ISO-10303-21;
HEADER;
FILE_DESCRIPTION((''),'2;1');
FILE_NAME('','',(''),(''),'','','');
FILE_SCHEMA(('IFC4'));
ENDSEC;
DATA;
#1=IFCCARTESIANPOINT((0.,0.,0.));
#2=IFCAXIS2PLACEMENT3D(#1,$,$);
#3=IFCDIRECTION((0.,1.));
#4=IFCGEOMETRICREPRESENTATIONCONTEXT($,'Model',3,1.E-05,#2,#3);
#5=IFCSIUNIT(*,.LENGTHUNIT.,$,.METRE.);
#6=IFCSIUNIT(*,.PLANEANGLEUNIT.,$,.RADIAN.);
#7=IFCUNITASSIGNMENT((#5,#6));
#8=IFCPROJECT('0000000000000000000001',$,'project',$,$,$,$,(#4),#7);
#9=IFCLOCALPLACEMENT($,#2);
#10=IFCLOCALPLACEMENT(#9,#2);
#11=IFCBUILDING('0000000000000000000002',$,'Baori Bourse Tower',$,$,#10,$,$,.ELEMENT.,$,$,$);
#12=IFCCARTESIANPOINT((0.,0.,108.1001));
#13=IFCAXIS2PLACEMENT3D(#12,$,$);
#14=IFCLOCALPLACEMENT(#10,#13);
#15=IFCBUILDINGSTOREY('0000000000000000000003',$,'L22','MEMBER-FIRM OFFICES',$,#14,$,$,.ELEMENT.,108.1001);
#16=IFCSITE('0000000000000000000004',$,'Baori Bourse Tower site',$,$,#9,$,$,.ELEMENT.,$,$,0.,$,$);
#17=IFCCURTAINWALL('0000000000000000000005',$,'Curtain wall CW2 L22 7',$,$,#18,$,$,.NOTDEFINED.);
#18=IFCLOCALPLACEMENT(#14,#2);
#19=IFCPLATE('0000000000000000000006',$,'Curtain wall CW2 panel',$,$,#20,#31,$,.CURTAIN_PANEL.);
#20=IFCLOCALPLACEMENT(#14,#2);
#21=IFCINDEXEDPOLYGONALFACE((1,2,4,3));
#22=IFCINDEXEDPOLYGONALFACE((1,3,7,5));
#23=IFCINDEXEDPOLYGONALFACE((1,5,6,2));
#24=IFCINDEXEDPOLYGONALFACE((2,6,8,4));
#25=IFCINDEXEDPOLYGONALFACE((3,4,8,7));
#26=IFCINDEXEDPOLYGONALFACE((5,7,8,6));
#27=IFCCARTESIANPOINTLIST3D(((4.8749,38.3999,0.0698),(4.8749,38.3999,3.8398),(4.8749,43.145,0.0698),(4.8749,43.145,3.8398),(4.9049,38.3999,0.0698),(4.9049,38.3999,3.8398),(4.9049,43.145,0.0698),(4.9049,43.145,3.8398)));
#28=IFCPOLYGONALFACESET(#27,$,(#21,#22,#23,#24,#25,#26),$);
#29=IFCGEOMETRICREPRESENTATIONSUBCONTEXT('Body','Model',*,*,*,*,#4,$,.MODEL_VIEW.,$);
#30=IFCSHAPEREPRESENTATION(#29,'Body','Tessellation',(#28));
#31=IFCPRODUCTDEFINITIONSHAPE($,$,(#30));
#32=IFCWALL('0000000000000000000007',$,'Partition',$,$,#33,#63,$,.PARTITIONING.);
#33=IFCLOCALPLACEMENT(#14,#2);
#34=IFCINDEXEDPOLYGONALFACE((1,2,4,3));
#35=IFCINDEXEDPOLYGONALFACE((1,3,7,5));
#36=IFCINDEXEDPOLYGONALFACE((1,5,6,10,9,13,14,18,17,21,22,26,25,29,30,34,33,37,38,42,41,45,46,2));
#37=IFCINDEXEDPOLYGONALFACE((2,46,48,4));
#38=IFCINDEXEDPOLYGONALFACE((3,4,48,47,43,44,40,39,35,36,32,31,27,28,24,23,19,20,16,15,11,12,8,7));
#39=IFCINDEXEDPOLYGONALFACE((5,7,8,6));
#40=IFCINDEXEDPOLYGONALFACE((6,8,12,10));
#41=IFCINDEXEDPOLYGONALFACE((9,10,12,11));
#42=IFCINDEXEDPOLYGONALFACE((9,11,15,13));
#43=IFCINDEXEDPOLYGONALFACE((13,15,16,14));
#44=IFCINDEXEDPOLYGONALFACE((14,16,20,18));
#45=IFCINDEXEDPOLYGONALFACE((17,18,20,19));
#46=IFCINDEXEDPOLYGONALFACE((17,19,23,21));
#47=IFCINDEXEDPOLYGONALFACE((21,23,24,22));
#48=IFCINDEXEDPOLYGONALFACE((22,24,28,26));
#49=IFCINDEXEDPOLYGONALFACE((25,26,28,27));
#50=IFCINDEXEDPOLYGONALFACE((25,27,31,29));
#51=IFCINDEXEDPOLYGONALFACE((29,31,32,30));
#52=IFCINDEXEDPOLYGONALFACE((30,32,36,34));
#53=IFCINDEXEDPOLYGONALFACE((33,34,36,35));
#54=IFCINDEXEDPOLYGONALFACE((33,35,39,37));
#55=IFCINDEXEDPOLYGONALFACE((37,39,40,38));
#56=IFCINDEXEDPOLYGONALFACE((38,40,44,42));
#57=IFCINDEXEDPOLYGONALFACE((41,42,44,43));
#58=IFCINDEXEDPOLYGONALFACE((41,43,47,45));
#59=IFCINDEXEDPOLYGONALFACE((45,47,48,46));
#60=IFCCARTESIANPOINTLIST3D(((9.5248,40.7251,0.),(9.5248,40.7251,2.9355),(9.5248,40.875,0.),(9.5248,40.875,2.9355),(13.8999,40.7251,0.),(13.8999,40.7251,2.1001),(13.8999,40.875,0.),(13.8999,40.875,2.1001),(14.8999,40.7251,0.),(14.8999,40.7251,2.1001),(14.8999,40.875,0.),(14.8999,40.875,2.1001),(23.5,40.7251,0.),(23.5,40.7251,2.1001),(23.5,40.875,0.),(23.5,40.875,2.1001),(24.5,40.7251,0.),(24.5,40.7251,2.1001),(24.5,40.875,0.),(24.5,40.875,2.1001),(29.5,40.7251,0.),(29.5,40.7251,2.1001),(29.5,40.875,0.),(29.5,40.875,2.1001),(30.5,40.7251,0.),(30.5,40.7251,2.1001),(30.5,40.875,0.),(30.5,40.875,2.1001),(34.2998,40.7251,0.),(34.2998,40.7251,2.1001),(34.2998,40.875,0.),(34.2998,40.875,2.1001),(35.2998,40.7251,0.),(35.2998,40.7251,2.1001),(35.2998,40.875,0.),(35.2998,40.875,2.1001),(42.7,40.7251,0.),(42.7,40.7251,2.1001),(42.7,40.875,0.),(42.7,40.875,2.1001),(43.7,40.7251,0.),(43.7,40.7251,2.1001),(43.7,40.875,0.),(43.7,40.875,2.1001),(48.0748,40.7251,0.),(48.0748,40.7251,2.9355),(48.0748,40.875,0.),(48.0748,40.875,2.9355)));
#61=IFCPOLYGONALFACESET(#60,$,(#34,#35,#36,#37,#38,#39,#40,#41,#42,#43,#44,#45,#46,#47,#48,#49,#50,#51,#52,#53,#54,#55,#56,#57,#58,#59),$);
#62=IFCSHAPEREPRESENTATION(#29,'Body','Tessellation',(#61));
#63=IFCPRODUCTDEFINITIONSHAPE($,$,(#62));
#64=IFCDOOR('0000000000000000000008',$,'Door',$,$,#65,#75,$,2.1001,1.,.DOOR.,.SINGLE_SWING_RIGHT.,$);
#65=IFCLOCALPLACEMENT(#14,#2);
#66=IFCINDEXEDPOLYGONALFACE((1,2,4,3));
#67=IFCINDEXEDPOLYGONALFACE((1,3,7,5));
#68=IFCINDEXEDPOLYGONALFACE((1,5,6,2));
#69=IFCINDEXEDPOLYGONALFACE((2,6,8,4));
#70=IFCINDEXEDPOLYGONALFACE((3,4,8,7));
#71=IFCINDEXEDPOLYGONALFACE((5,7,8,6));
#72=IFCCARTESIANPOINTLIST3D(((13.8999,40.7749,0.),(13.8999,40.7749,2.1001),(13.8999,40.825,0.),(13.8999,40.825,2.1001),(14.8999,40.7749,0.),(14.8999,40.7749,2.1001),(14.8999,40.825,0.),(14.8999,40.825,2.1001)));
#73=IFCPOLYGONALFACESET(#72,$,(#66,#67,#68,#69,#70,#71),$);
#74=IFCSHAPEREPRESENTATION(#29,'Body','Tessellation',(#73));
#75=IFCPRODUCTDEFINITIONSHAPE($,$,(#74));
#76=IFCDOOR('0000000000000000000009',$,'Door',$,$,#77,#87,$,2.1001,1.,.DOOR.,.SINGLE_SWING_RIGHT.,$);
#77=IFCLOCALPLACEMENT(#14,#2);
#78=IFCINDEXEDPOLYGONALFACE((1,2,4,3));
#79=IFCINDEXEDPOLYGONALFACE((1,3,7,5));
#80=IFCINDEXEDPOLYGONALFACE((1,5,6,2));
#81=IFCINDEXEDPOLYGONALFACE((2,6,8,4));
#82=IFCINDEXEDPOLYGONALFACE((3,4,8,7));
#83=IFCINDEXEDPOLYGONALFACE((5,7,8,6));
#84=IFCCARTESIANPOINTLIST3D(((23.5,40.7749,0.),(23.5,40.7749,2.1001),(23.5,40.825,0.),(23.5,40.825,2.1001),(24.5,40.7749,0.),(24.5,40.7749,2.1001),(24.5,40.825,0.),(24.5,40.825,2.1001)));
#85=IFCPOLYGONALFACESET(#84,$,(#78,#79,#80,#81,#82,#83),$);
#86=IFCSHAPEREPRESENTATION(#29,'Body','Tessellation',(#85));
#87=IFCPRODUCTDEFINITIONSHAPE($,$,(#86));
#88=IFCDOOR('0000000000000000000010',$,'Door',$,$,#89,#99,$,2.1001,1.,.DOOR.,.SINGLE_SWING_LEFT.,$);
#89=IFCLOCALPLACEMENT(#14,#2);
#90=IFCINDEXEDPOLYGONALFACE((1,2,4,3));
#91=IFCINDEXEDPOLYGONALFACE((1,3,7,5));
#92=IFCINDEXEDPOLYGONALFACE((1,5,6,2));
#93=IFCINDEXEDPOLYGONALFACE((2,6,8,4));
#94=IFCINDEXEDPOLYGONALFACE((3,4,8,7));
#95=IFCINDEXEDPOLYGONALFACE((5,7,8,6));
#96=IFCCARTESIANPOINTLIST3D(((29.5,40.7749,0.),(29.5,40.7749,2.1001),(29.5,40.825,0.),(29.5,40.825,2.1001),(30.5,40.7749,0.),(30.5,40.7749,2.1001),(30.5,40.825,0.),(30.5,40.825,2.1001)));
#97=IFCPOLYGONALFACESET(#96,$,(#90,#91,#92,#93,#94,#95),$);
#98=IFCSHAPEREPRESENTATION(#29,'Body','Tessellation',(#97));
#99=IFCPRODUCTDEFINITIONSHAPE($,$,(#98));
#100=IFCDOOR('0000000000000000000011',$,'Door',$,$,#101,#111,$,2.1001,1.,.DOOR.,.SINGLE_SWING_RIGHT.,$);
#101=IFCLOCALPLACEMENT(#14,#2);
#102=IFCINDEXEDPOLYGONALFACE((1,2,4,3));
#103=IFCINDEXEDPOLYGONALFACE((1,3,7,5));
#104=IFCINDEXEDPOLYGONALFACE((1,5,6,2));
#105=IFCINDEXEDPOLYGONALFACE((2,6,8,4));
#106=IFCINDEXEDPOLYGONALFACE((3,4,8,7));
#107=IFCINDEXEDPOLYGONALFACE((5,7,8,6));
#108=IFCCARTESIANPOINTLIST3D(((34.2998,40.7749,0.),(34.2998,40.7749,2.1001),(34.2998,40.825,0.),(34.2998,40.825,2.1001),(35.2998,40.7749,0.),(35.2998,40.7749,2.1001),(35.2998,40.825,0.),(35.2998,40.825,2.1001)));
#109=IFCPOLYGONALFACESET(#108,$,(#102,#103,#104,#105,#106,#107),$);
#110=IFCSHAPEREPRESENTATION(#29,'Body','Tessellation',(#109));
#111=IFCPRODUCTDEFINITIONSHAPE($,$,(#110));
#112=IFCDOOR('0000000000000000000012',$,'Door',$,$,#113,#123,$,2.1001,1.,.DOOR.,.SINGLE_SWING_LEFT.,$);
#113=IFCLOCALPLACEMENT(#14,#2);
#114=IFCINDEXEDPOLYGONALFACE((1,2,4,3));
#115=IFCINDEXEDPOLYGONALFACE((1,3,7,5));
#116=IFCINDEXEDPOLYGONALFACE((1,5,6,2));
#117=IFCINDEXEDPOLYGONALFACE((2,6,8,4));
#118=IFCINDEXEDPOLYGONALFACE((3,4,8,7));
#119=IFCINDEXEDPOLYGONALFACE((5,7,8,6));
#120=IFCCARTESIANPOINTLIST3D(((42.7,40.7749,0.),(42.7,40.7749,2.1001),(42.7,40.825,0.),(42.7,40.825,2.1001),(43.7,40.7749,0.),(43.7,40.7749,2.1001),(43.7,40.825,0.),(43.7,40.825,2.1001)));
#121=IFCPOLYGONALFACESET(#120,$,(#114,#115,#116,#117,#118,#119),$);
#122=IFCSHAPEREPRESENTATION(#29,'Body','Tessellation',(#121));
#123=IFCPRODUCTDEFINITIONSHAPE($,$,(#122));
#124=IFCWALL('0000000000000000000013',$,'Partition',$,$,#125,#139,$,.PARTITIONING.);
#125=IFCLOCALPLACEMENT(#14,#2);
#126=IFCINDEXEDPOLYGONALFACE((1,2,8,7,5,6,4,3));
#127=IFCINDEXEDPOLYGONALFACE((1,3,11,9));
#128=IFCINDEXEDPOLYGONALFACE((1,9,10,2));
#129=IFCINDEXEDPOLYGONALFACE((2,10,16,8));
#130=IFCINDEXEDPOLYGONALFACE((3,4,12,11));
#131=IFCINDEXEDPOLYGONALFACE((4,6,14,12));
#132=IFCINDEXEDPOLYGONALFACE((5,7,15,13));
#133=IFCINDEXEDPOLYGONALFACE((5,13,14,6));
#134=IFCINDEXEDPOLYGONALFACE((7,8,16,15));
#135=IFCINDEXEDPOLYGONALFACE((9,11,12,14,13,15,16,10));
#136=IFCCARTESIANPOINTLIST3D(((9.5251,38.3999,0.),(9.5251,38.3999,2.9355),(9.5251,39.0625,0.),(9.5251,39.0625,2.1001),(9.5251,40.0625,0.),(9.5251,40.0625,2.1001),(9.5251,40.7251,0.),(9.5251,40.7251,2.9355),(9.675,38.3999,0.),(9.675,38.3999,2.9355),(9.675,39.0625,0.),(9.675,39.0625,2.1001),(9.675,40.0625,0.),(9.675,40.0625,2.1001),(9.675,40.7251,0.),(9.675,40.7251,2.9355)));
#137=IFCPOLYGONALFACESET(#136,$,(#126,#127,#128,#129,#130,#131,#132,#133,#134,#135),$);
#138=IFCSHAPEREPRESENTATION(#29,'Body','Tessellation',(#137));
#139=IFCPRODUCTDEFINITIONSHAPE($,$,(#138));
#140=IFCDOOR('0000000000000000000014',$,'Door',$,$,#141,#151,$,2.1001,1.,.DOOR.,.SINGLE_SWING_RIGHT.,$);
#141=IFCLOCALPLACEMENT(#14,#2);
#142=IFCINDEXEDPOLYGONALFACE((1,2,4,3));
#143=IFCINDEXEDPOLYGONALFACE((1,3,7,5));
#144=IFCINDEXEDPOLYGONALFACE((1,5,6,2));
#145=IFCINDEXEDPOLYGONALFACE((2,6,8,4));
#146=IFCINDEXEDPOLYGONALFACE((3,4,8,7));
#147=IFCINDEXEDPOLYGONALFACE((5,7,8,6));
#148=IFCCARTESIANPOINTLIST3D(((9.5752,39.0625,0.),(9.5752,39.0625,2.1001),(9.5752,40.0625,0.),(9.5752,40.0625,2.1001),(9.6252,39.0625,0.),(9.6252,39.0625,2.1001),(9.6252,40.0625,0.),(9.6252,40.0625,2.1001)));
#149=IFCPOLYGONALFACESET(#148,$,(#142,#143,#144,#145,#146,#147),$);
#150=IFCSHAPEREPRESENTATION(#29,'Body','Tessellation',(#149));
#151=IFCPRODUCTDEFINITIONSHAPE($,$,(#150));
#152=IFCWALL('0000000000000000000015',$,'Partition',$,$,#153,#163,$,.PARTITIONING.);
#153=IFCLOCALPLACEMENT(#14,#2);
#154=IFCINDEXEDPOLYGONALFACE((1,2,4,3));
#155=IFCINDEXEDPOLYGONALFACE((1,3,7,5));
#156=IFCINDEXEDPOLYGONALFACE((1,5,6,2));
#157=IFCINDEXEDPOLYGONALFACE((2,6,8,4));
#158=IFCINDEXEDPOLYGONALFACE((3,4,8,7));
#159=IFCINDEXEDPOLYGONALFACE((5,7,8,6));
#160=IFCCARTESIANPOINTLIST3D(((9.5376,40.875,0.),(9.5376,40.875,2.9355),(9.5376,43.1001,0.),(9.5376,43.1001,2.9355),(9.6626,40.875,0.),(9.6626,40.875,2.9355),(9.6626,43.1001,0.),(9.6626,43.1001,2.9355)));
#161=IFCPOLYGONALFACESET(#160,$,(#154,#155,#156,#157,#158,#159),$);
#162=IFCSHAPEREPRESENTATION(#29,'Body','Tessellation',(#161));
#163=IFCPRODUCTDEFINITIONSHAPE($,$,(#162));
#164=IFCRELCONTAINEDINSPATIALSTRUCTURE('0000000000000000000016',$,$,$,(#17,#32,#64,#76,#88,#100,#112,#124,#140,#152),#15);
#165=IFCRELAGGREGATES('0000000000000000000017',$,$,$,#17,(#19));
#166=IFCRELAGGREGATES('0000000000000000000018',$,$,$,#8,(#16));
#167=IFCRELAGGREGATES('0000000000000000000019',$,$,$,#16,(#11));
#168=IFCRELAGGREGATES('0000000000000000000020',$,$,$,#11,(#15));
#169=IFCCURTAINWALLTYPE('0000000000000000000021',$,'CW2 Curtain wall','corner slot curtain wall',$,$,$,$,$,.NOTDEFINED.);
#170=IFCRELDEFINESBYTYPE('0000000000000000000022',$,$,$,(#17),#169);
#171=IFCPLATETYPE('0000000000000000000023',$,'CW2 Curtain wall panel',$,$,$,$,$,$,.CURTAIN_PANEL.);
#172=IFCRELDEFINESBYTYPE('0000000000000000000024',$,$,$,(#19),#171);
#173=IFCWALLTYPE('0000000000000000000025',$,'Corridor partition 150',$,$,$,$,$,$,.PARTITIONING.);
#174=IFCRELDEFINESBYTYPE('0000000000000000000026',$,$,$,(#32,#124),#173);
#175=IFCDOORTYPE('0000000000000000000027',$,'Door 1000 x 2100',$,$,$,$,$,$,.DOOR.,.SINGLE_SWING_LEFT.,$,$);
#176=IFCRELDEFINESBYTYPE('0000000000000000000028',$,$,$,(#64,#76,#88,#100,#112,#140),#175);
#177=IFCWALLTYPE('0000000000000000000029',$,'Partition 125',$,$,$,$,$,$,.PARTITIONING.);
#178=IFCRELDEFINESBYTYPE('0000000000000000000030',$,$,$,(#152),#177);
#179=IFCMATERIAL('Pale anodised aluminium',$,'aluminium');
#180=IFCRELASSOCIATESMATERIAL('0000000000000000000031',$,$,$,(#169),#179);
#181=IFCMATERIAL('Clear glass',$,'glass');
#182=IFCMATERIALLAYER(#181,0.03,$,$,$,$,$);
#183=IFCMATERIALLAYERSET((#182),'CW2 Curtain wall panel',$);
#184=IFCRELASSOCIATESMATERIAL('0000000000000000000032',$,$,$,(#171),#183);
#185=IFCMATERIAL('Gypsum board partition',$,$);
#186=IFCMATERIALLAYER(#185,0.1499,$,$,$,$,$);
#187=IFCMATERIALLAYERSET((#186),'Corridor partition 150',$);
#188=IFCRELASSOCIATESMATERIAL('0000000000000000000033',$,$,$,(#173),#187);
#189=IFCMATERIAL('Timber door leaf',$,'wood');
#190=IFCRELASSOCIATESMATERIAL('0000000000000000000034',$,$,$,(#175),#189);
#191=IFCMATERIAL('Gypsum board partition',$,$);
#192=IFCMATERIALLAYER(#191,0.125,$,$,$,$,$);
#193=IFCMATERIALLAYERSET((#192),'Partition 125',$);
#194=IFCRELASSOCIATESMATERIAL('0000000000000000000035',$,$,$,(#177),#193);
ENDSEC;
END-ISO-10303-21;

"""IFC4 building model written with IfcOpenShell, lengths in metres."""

from ifc_helpers import new_model, si_unit, direction, frame, frame_2d, origin, origin_2d, place, context, subcontext, project, spatial, rectangle, extrude, material, layer, layer_set, type_object, element, fill, aggregate, save


model = new_model("IFC4")

# Units and contexts
model_context = context("Model", 3, precision=1e-05, world=origin(), true_north=direction((0.0, 1.0)))
body_context = subcontext(model_context, "Body", "Model", "MODEL_VIEW")
ifc_project = project(units=[si_unit("LENGTHUNIT", "METRE"), si_unit("PLANEANGLEUNIT", "RADIAN")], contexts=[model_context])

# Site, building, storey
site_placement = place(None, origin())
site = spatial("IfcSite", under=ifc_project, at=site_placement, Name="Baori Bourse Tower site", CompositionType="ELEMENT", RefElevation=0.0)
building_placement = place(site_placement, origin())
building = spatial("IfcBuilding", under=site, at=building_placement, Name="Baori Bourse Tower", CompositionType="ELEMENT")
storey_placement = place(building_placement, frame((0.0, 0.0, 108.1001)))
storey = spatial("IfcBuildingStorey", under=building, at=storey_placement, Name="L22", Description="MEMBER-FIRM OFFICES", CompositionType="ELEMENT", Elevation=108.1001)

# Curtain wall
ifc_material_1 = material(Name="Pale anodised aluminium", Category="aluminium")
curtain_wall_type = type_object("IfcCurtainWallType", Name="CW2 Curtain wall", Description="corner slot curtain wall", PredefinedType="NOTDEFINED", material=ifc_material_1)
curtain_wall_1_placement = place(storey_placement, origin())
curtain_wall_1 = element("IfcCurtainWall", 1, at=curtain_wall_1_placement, inside=storey, type_object=curtain_wall_type, Name="Curtain wall CW2 L22 7", PredefinedType="NOTDEFINED")

# Plate
ifc_material_2 = material(Name="Clear glass", Category="glass")
ifc_layer_1 = layer(ifc_material_2, 0.03)
ifc_layer_set_1 = layer_set([ifc_layer_1], Name="CW2 Curtain wall panel")
plate_type = type_object("IfcPlateType", Name="CW2 Curtain wall panel", PredefinedType="CURTAIN_PANEL", material=ifc_layer_set_1)
plate_1_placement = place(storey_placement, frame((4.8899, 40.7725, 0.0698), z_axis=(0.0, 0.0, 1.0), x_axis=(0.0, -1.0, 0.0)))
plate_1 = element("IfcPlate", 2, at=plate_1_placement, type_object=plate_type, Name="Curtain wall CW2 panel", PredefinedType="CURTAIN_PANEL", context=body_context, shape_type="SweptSolid", body=[
    extrude(rectangle(XDim=4.7451, YDim=0.03, at=origin_2d()), origin(), (0.0, 0.0, 1.0), 3.77),
])
aggregate(curtain_wall_1, [plate_1])

# Wall, openings, doors
ifc_material_3 = material(Name="Gypsum board partition")
ifc_layer_2 = layer(ifc_material_3, 0.1499)
ifc_layer_set_2 = layer_set([ifc_layer_2], Name="Corridor partition 150")
wall_type_1 = type_object("IfcWallType", Name="Corridor partition 150", PredefinedType="PARTITIONING", material=ifc_layer_set_2)
wall_1_placement = place(storey_placement, frame((9.5249, 40.8, 0.0), z_axis=(0.0, 0.0, 1.0), x_axis=(1.0, 0.0, 0.0)))
wall_1 = element("IfcWall", 3, at=wall_1_placement, inside=storey, type_object=wall_type_1, Name="Partition", PredefinedType="PARTITIONING", context=body_context, shape_type="SweptSolid", body=[
    extrude(rectangle(XDim=38.55, YDim=0.1499, at=frame_2d((19.2749, 0.0))), origin(), (0.0, 0.0, 1.0), 2.9355),
])
opening_1_placement = place(wall_1_placement, frame((4.375, 0.0, 0.0)))
opening_1 = element("IfcOpeningElement", 4, at=opening_1_placement, cuts=wall_1, PredefinedType="OPENING", context=body_context, shape_type="SweptSolid", body=[
    extrude(rectangle(XDim=1.0, YDim=2.1001, at=frame_2d((0.5, 1.05))), frame((0.0, 0.085, 0.0), z_axis=(0.0, -1.0, 0.0), x_axis=(1.0, 0.0, 0.0)), (0.0, 0.0, 1.0), 0.1699),
])
opening_2_placement = place(wall_1_placement, frame((13.9751, 0.0, 0.0)))
opening_2 = element("IfcOpeningElement", 5, at=opening_2_placement, cuts=wall_1, PredefinedType="OPENING", context=body_context, shape_type="SweptSolid", body=[
    extrude(rectangle(XDim=1.0, YDim=2.1001, at=frame_2d((0.5, 1.05))), frame((0.0, 0.085, 0.0), z_axis=(0.0, -1.0, 0.0), x_axis=(1.0, 0.0, 0.0)), (0.0, 0.0, 1.0), 0.1699),
])
opening_3_placement = place(wall_1_placement, frame((19.9751, 0.0, 0.0)))
opening_3 = element("IfcOpeningElement", 6, at=opening_3_placement, cuts=wall_1, PredefinedType="OPENING", context=body_context, shape_type="SweptSolid", body=[
    extrude(rectangle(XDim=1.0, YDim=2.1001, at=frame_2d((0.5, 1.05))), frame((0.0, 0.085, 0.0), z_axis=(0.0, -1.0, 0.0), x_axis=(1.0, 0.0, 0.0)), (0.0, 0.0, 1.0), 0.1699),
])
opening_4_placement = place(wall_1_placement, frame((24.7749, 0.0, 0.0)))
opening_4 = element("IfcOpeningElement", 7, at=opening_4_placement, cuts=wall_1, PredefinedType="OPENING", context=body_context, shape_type="SweptSolid", body=[
    extrude(rectangle(XDim=1.0, YDim=2.1001, at=frame_2d((0.5, 1.05))), frame((0.0, 0.085, 0.0), z_axis=(0.0, -1.0, 0.0), x_axis=(1.0, 0.0, 0.0)), (0.0, 0.0, 1.0), 0.1699),
])
opening_5_placement = place(wall_1_placement, frame((33.175, 0.0, 0.0)))
opening_5 = element("IfcOpeningElement", 8, at=opening_5_placement, cuts=wall_1, PredefinedType="OPENING", context=body_context, shape_type="SweptSolid", body=[
    extrude(rectangle(XDim=1.0, YDim=2.1001, at=frame_2d((0.5, 1.05))), frame((0.0, 0.085, 0.0), z_axis=(0.0, -1.0, 0.0), x_axis=(1.0, 0.0, 0.0)), (0.0, 0.0, 1.0), 0.1699),
])
ifc_material_4 = material(Name="Timber door leaf", Category="wood")
door_type = type_object("IfcDoorType", Name="Door 1000 x 2100", OperationType="SINGLE_SWING_LEFT", PredefinedType="DOOR", material=ifc_material_4)
door_1_placement = place(opening_1_placement, origin())
door_1 = element("IfcDoor", 9, at=door_1_placement, inside=storey, type_object=door_type, Name="Door", OperationType="SINGLE_SWING_RIGHT", OverallHeight=2.1001, OverallWidth=1.0, PredefinedType="DOOR", context=body_context, shape_type="SweptSolid", body=[
    extrude(rectangle(XDim=1.0, YDim=2.1001, at=frame_2d((0.5, 1.05))), frame((0.0, 0.0249, 0.0), z_axis=(0.0, -1.0, 0.0), x_axis=(1.0, 0.0, 0.0)), (0.0, 0.0, 1.0), 0.05),
])
fill(opening_1, door_1)
door_2_placement = place(opening_2_placement, origin())
door_2 = element("IfcDoor", 10, at=door_2_placement, inside=storey, type_object=door_type, Name="Door", OperationType="SINGLE_SWING_RIGHT", OverallHeight=2.1001, OverallWidth=1.0, PredefinedType="DOOR", context=body_context, shape_type="SweptSolid", body=[
    extrude(rectangle(XDim=1.0, YDim=2.1001, at=frame_2d((0.5, 1.05))), frame((0.0, 0.0249, 0.0), z_axis=(0.0, -1.0, 0.0), x_axis=(1.0, 0.0, 0.0)), (0.0, 0.0, 1.0), 0.05),
])
fill(opening_2, door_2)
door_3_placement = place(opening_3_placement, origin())
door_3 = element("IfcDoor", 11, at=door_3_placement, inside=storey, type_object=door_type, Name="Door", OperationType="SINGLE_SWING_LEFT", OverallHeight=2.1001, OverallWidth=1.0, PredefinedType="DOOR", context=body_context, shape_type="SweptSolid", body=[
    extrude(rectangle(XDim=1.0, YDim=2.1001, at=frame_2d((0.5, 1.05))), frame((0.0, 0.0249, 0.0), z_axis=(0.0, -1.0, 0.0), x_axis=(1.0, 0.0, 0.0)), (0.0, 0.0, 1.0), 0.05),
])
fill(opening_3, door_3)
door_4_placement = place(opening_4_placement, origin())
door_4 = element("IfcDoor", 12, at=door_4_placement, inside=storey, type_object=door_type, Name="Door", OperationType="SINGLE_SWING_RIGHT", OverallHeight=2.1001, OverallWidth=1.0, PredefinedType="DOOR", context=body_context, shape_type="SweptSolid", body=[
    extrude(rectangle(XDim=1.0, YDim=2.1001, at=frame_2d((0.5, 1.05))), frame((0.0, 0.0249, 0.0), z_axis=(0.0, -1.0, 0.0), x_axis=(1.0, 0.0, 0.0)), (0.0, 0.0, 1.0), 0.05),
])
fill(opening_4, door_4)
door_5_placement = place(opening_5_placement, origin())
door_5 = element("IfcDoor", 13, at=door_5_placement, inside=storey, type_object=door_type, Name="Door", OperationType="SINGLE_SWING_LEFT", OverallHeight=2.1001, OverallWidth=1.0, PredefinedType="DOOR", context=body_context, shape_type="SweptSolid", body=[
    extrude(rectangle(XDim=1.0, YDim=2.1001, at=frame_2d((0.5, 1.05))), frame((0.0, 0.0249, 0.0), z_axis=(0.0, -1.0, 0.0), x_axis=(1.0, 0.0, 0.0)), (0.0, 0.0, 1.0), 0.05),
])
fill(opening_5, door_5)

# Wall, opening, door
wall_2_placement = place(storey_placement, frame((9.6001, 38.3999, 0.0), z_axis=(0.0, 0.0, 1.0), x_axis=(0.0, 1.0, 0.0)))
wall_2 = element("IfcWall", 14, at=wall_2_placement, inside=storey, type_object=wall_type_1, Name="Partition", PredefinedType="PARTITIONING", context=body_context, shape_type="SweptSolid", body=[
    extrude(rectangle(XDim=2.3252, YDim=0.1499, at=frame_2d((1.1626, 0.0))), origin(), (0.0, 0.0, 1.0), 2.9355),
])
opening_6_placement = place(wall_2_placement, frame((0.6626, 0.0, 0.0)))
opening_6 = element("IfcOpeningElement", 15, at=opening_6_placement, cuts=wall_2, PredefinedType="OPENING", context=body_context, shape_type="SweptSolid", body=[
    extrude(rectangle(XDim=1.0, YDim=2.1001, at=frame_2d((0.5, 1.05))), frame((0.0, 0.085, 0.0), z_axis=(0.0, -1.0, 0.0), x_axis=(1.0, 0.0, 0.0)), (0.0, 0.0, 1.0), 0.1699),
])
door_6_placement = place(opening_6_placement, origin())
door_6 = element("IfcDoor", 16, at=door_6_placement, inside=storey, type_object=door_type, Name="Door", OperationType="SINGLE_SWING_RIGHT", OverallHeight=2.1001, OverallWidth=1.0, PredefinedType="DOOR", context=body_context, shape_type="SweptSolid", body=[
    extrude(rectangle(XDim=1.0, YDim=2.1001, at=frame_2d((0.5, 1.05))), frame((0.0, 0.0249, 0.0), z_axis=(0.0, -1.0, 0.0), x_axis=(1.0, 0.0, 0.0)), (0.0, 0.0, 1.0), 0.05),
])
fill(opening_6, door_6)

# Wall
ifc_material_5 = material(Name="Gypsum board partition")
ifc_layer_3 = layer(ifc_material_5, 0.125)
ifc_layer_set_3 = layer_set([ifc_layer_3], Name="Partition 125")
wall_type_2 = type_object("IfcWallType", Name="Partition 125", PredefinedType="PARTITIONING", material=ifc_layer_set_3)
wall_3_placement = place(storey_placement, frame((9.6001, 40.875, 0.0), z_axis=(0.0, 0.0, 1.0), x_axis=(0.0, 1.0, 0.0)))
element("IfcWall", 17, at=wall_3_placement, inside=storey, type_object=wall_type_2, Name="Partition", PredefinedType="PARTITIONING", context=body_context, shape_type="SweptSolid", body=[
    extrude(rectangle(XDim=2.2251, YDim=0.125, at=frame_2d((1.1125, 0.0))), origin(), (0.0, 0.0, 1.0), 2.9355),
])

save(model, "model.ifc")
